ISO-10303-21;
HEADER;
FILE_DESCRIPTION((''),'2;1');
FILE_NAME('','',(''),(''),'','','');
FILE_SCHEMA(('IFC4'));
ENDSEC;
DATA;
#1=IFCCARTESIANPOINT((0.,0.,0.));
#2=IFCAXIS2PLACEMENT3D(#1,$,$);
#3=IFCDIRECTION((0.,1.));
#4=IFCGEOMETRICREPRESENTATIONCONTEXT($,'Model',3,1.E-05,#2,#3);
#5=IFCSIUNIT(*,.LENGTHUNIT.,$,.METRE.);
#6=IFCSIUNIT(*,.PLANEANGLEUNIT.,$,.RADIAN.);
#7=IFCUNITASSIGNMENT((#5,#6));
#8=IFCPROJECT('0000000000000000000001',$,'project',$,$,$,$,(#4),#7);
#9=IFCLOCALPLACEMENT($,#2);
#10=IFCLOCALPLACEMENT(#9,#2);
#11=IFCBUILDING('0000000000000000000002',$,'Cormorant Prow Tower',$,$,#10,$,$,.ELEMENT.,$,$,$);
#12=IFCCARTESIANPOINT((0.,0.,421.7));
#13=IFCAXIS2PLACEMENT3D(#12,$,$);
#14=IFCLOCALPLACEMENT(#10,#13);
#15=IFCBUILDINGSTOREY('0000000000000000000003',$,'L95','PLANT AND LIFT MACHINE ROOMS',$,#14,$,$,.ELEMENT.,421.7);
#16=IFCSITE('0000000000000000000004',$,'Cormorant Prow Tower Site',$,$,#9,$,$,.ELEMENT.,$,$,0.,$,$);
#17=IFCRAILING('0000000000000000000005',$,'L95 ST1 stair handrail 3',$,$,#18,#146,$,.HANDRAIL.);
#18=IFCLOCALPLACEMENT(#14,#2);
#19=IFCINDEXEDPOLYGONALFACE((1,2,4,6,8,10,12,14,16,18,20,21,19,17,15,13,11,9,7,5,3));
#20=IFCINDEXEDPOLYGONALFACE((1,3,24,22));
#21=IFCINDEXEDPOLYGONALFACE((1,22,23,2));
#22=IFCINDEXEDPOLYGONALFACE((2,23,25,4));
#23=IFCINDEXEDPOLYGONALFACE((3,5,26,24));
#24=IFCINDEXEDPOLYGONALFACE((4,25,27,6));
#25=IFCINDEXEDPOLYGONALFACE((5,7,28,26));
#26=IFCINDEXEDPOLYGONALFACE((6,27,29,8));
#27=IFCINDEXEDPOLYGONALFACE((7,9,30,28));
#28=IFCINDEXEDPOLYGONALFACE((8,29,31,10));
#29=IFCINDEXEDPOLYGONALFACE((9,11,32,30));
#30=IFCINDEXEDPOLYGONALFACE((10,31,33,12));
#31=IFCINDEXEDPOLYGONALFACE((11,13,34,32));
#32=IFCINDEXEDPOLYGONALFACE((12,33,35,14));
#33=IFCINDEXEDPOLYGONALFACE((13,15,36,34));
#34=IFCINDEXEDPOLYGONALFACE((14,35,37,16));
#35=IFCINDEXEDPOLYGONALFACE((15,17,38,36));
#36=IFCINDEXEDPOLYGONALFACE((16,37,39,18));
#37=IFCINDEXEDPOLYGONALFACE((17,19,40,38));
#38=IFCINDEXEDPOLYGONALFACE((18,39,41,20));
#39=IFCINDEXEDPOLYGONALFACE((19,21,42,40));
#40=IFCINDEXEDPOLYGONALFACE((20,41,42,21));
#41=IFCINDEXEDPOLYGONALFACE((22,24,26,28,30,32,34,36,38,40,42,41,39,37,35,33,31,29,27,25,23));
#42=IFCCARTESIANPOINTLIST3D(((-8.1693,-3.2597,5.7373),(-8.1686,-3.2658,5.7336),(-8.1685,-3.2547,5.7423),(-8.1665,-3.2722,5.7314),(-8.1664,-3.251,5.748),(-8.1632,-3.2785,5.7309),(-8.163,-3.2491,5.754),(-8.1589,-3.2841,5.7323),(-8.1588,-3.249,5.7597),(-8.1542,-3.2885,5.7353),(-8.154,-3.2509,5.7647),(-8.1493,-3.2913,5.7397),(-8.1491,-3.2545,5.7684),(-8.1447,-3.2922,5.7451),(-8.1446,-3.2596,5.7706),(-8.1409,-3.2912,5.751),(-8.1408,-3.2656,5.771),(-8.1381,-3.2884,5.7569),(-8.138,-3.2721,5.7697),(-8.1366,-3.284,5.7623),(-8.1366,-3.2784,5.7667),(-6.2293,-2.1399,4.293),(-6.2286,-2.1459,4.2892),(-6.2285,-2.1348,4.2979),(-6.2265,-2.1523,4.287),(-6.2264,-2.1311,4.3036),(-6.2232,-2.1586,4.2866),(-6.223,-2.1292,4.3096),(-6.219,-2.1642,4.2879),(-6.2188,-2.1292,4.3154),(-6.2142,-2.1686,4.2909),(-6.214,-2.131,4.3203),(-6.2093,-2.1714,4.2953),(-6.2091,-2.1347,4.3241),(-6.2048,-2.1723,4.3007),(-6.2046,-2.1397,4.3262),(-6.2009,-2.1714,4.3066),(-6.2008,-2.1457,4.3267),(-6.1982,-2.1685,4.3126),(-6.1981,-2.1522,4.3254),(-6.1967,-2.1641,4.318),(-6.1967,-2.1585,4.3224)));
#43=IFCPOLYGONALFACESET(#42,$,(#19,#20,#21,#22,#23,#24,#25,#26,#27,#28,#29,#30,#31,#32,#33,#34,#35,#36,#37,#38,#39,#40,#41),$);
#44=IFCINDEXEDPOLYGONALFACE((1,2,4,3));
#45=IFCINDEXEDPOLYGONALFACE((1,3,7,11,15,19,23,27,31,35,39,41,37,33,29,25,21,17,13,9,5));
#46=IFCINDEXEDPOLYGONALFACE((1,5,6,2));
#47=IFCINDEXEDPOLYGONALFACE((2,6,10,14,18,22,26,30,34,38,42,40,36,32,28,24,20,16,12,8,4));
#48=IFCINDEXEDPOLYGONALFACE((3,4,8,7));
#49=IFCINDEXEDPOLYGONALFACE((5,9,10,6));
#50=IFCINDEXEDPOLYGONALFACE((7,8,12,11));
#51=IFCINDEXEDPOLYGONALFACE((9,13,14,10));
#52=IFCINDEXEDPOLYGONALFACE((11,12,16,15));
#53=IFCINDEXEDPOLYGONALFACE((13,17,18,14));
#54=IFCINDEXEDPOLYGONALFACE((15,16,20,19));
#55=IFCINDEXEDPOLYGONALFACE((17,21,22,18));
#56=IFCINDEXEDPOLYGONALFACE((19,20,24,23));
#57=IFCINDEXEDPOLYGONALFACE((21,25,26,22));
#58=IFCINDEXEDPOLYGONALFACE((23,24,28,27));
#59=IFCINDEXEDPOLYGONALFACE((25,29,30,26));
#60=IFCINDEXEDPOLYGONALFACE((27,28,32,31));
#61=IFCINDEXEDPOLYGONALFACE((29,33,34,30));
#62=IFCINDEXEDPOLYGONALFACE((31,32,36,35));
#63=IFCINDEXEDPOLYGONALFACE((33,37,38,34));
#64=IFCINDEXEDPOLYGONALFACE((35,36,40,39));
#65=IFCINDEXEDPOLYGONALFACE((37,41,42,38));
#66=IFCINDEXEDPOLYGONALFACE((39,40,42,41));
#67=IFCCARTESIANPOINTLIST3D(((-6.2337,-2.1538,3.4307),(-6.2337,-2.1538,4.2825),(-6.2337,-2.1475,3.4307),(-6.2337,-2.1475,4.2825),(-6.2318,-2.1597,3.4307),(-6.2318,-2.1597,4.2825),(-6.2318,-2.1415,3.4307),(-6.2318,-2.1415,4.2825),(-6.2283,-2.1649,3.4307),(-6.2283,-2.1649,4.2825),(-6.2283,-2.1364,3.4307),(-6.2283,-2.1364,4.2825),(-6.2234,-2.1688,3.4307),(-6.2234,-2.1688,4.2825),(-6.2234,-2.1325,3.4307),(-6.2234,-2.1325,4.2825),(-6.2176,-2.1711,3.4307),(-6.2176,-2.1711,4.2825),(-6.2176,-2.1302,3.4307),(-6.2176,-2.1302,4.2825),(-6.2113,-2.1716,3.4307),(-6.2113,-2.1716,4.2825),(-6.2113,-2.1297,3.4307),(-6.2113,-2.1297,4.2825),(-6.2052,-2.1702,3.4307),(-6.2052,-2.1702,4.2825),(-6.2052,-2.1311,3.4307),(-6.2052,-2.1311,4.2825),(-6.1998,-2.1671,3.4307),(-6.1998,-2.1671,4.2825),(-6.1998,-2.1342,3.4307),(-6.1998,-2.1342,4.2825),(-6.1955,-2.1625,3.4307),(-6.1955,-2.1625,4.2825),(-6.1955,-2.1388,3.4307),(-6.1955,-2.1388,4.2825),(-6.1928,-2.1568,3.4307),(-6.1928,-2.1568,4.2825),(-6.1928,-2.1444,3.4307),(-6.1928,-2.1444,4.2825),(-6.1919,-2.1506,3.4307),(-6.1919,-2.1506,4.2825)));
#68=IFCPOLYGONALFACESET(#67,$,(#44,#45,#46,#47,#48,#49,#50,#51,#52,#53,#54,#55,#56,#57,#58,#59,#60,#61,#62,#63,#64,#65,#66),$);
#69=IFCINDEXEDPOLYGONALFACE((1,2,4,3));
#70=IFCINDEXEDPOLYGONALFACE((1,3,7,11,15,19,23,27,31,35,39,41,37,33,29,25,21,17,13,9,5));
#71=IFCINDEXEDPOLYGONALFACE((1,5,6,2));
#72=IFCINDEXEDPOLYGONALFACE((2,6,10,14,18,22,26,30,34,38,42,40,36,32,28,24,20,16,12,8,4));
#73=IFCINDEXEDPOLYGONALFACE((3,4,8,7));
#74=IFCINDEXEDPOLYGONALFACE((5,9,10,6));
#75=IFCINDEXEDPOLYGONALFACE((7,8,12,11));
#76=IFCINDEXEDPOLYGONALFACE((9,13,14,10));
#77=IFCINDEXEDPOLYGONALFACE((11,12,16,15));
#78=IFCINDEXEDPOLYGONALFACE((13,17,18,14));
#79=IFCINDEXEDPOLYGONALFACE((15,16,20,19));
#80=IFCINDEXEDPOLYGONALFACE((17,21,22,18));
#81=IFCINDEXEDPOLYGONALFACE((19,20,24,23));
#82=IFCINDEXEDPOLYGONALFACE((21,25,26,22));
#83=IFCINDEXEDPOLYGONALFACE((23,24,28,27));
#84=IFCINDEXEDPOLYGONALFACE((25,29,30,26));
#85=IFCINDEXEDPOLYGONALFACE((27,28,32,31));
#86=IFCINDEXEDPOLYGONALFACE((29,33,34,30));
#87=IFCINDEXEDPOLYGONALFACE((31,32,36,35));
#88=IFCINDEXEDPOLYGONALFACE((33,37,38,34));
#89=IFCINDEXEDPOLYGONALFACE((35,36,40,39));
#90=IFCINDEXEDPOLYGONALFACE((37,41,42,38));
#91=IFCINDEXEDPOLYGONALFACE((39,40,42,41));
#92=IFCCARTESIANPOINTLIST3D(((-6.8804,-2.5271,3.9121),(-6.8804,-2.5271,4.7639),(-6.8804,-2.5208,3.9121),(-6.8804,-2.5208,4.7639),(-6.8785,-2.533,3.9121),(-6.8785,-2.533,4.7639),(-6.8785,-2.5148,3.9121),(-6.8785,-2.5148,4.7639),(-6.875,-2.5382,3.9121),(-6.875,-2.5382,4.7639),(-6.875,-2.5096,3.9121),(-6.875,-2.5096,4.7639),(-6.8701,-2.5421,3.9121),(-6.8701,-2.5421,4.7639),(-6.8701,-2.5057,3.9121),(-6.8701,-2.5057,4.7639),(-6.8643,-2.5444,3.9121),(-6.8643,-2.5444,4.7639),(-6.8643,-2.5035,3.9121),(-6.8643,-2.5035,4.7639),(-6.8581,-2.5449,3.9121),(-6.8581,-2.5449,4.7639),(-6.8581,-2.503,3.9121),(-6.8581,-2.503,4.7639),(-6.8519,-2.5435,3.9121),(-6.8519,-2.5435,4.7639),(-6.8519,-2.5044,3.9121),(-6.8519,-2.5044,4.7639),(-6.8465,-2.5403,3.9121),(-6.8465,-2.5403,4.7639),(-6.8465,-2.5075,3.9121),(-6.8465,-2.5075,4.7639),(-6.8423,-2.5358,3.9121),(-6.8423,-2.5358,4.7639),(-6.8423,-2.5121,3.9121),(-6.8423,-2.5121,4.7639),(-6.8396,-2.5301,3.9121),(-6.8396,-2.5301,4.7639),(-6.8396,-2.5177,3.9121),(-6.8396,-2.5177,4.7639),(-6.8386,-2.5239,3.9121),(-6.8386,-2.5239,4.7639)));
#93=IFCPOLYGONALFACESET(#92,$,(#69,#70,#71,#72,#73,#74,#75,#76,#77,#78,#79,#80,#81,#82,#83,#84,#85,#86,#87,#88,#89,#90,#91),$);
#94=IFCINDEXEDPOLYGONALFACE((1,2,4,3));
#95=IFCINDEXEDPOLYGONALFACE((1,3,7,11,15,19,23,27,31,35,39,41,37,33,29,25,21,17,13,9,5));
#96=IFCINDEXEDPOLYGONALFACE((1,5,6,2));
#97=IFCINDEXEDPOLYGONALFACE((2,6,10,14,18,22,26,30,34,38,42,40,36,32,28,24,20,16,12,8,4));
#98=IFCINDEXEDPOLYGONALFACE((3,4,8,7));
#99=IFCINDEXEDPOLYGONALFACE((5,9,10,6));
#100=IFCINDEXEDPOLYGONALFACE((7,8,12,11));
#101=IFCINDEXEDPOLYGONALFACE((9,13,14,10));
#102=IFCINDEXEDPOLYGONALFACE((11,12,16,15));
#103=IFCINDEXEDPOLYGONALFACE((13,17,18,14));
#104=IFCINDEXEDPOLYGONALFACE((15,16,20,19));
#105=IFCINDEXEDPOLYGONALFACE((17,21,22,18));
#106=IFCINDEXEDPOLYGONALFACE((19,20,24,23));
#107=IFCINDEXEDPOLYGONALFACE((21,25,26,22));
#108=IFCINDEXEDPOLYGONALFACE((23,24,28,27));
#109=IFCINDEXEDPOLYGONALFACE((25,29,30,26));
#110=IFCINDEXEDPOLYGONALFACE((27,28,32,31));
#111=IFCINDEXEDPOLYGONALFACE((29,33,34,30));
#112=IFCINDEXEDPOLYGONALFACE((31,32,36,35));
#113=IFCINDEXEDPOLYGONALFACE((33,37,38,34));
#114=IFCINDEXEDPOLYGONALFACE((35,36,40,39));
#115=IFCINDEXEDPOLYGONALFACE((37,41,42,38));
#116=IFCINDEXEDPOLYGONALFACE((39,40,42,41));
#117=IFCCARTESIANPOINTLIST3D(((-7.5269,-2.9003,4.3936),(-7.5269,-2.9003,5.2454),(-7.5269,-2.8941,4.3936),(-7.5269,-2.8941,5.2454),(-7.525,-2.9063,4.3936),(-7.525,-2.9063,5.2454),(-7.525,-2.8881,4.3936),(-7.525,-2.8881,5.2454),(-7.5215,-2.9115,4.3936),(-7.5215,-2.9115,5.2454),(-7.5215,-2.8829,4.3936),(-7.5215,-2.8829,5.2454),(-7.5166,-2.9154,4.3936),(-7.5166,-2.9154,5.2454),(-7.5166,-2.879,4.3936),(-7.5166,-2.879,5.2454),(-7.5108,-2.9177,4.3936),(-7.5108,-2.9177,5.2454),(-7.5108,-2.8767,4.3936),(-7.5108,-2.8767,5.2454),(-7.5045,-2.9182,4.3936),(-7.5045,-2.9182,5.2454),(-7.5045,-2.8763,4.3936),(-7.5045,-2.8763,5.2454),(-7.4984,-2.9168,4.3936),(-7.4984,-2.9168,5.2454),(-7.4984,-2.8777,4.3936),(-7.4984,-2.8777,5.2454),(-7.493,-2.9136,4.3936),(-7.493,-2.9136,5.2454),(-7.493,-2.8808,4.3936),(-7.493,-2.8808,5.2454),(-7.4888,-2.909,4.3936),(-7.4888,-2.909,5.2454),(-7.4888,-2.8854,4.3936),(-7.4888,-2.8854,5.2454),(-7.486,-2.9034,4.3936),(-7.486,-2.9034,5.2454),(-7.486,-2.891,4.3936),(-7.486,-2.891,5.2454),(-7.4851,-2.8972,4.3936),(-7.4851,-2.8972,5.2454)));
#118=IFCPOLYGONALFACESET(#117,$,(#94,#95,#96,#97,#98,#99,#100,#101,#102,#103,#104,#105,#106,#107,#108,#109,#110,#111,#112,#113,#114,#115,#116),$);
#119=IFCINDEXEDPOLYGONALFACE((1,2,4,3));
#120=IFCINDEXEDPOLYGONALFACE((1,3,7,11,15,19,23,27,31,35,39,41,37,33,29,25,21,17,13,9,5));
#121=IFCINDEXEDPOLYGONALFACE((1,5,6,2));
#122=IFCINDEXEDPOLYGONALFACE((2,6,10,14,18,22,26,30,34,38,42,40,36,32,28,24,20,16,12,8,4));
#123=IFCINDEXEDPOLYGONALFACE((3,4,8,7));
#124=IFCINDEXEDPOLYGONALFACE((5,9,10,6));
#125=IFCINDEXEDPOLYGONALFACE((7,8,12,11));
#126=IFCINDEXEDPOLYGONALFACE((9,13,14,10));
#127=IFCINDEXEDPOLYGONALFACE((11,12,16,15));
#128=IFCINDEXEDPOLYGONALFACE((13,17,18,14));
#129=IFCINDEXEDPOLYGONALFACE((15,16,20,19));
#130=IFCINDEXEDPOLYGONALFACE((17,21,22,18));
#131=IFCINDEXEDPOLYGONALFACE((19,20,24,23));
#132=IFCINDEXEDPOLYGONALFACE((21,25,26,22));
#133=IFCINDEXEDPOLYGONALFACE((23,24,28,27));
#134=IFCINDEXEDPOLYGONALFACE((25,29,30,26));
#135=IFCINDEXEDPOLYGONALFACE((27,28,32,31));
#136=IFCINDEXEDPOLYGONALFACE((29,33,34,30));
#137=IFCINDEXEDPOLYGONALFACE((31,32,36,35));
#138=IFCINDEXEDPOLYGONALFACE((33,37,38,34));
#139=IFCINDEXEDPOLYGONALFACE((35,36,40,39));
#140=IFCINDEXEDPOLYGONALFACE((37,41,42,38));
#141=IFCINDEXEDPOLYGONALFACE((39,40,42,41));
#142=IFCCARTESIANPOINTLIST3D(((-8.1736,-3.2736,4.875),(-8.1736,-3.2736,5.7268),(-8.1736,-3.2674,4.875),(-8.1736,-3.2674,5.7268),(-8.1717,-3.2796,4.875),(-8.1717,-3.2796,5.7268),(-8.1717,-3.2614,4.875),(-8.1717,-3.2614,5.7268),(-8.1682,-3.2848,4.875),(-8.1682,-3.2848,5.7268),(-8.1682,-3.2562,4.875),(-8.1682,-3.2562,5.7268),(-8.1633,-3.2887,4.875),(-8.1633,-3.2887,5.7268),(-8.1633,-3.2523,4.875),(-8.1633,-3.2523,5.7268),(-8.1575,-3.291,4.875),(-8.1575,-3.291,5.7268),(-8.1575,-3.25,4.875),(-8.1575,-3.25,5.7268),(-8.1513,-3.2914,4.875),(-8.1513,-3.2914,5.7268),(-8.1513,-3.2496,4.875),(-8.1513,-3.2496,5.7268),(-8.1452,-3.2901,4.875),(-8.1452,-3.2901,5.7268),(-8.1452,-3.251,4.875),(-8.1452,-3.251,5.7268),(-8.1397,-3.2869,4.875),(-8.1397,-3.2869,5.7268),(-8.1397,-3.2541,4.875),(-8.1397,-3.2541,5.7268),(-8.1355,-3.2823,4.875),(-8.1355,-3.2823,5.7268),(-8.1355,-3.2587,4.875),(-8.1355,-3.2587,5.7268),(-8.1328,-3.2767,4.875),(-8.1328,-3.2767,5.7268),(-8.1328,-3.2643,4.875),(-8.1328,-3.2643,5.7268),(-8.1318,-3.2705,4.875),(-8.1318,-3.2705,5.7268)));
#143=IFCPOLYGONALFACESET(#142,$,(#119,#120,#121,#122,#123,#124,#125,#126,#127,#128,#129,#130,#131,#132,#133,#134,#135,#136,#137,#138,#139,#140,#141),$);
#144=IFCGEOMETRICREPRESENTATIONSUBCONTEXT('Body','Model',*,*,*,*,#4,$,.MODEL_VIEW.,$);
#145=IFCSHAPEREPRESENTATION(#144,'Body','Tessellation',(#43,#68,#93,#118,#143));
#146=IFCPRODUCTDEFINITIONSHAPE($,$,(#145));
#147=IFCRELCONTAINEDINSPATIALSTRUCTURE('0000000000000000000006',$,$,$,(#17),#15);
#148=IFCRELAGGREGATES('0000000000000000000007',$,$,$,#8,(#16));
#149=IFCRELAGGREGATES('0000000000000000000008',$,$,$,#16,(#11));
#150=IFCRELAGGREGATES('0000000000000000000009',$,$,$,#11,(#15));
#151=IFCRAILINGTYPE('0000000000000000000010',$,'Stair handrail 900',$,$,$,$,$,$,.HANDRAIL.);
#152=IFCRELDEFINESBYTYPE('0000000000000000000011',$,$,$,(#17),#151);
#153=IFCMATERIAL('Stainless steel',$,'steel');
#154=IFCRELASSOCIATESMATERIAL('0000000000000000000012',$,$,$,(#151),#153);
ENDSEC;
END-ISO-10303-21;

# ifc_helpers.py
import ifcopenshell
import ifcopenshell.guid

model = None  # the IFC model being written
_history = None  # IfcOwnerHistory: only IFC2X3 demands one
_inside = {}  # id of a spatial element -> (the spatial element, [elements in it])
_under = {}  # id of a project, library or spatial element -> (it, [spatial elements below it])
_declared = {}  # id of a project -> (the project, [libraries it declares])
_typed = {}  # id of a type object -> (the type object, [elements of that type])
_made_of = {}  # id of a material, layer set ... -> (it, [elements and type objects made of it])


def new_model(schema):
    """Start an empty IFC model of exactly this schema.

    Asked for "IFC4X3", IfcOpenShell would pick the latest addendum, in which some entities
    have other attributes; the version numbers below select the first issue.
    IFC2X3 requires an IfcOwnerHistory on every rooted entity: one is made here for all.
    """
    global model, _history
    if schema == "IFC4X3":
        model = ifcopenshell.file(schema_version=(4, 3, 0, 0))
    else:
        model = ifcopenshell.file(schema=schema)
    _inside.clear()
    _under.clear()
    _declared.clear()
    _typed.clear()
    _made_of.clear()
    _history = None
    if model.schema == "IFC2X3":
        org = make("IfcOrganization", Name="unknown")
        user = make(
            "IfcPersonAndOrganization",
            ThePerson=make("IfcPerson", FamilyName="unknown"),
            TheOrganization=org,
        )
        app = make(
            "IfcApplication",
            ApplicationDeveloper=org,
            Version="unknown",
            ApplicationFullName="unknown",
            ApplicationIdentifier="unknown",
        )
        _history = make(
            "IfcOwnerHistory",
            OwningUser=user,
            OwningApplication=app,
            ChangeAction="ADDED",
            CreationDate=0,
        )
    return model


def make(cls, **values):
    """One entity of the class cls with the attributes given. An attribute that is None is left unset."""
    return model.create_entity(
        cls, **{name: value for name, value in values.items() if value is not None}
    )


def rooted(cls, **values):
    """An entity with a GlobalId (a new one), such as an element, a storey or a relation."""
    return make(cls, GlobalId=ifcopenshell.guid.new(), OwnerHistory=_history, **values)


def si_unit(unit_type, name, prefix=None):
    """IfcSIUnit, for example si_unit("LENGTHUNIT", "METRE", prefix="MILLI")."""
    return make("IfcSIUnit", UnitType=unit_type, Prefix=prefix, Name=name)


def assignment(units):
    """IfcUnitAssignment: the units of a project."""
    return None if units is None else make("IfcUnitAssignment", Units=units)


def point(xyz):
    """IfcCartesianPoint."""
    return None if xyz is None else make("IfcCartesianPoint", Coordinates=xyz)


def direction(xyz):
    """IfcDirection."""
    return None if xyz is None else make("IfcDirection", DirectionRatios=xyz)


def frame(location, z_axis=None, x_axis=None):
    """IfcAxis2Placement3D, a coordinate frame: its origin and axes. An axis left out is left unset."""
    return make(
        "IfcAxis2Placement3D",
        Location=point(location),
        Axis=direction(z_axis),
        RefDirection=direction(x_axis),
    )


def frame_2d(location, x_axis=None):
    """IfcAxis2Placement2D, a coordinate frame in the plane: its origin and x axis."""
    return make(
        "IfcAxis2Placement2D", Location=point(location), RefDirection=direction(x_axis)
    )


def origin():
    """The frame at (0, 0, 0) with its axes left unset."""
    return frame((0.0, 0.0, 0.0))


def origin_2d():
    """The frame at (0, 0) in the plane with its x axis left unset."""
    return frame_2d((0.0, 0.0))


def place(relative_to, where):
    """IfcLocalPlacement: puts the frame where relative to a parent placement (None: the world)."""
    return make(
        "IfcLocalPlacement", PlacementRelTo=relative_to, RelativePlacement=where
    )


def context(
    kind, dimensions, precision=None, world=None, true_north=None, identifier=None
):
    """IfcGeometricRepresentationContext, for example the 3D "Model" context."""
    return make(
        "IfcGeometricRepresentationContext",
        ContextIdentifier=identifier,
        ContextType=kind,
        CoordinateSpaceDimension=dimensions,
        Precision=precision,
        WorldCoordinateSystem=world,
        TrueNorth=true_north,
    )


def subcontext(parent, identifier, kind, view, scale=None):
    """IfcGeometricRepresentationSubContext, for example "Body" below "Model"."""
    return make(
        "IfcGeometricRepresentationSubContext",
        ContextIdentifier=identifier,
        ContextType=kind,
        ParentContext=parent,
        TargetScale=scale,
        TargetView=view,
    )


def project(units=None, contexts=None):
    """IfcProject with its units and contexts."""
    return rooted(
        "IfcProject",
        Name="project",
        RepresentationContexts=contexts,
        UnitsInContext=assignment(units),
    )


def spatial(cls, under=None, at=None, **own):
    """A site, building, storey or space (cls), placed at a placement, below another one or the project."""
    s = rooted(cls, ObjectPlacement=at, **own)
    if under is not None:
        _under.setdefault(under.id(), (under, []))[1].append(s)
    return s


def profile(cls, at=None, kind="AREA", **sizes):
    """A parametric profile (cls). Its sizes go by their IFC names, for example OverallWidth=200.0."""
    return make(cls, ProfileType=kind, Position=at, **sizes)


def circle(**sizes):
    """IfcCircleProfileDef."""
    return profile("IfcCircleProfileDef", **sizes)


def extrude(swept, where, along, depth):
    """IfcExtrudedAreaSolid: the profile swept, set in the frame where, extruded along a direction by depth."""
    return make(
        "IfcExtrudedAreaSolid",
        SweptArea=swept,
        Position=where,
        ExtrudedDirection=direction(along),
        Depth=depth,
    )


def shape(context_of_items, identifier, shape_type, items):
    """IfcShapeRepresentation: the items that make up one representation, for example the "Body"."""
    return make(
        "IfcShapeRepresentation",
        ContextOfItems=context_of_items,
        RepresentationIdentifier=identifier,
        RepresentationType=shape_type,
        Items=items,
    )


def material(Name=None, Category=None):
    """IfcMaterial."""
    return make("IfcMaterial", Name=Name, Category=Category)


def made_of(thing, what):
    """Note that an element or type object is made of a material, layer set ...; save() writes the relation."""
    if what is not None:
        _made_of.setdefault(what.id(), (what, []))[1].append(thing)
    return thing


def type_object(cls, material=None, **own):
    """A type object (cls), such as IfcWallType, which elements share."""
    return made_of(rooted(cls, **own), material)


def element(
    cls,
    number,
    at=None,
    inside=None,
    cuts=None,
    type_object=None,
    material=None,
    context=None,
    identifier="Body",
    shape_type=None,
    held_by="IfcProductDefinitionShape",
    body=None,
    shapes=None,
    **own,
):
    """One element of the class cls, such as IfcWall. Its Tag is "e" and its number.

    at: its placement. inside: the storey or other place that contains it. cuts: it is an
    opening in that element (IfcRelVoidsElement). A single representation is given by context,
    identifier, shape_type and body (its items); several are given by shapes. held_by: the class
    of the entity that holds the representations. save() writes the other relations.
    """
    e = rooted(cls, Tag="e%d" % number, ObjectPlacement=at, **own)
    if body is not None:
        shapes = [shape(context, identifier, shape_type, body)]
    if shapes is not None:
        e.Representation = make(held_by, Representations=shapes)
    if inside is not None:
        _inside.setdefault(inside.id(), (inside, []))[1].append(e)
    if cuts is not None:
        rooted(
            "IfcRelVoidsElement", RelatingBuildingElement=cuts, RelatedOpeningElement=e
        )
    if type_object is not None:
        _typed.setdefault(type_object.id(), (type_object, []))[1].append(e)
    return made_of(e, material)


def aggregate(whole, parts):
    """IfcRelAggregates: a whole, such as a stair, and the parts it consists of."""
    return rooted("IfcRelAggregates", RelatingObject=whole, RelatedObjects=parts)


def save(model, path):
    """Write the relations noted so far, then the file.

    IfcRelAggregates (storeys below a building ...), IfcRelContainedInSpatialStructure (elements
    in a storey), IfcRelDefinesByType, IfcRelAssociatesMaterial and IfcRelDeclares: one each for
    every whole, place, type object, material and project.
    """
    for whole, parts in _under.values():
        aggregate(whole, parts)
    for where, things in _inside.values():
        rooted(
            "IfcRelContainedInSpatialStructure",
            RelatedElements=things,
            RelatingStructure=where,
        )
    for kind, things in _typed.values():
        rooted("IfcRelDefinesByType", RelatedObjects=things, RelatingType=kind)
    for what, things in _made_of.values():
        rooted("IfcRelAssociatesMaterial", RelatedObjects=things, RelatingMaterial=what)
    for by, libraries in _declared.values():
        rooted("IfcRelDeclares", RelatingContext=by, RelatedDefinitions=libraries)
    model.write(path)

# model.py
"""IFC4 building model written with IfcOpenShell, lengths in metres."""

from ifc_helpers import new_model, si_unit, direction, frame, origin, origin_2d, place, context, subcontext, project, spatial, circle, extrude, material, type_object, element, save


model = new_model("IFC4")

# Units and contexts
model_context = context("Model", 3, precision=1e-05, world=origin(), true_north=direction((0.0, 1.0)))
body_context = subcontext(model_context, "Body", "Model", "MODEL_VIEW")
ifc_project = project(units=[si_unit("LENGTHUNIT", "METRE"), si_unit("PLANEANGLEUNIT", "RADIAN")], contexts=[model_context])

# Site, building, storey
site_placement = place(None, origin())
site = spatial("IfcSite", under=ifc_project, at=site_placement, Name="Cormorant Prow Tower Site", CompositionType="ELEMENT", RefElevation=0.0)
building_placement = place(site_placement, origin())
building = spatial("IfcBuilding", under=site, at=building_placement, Name="Cormorant Prow Tower", CompositionType="ELEMENT")
storey_placement = place(building_placement, frame((0.0, 0.0, 421.7)))
storey = spatial("IfcBuildingStorey", under=building, at=storey_placement, Name="L95", Description="PLANT AND LIFT MACHINE ROOMS", CompositionType="ELEMENT", Elevation=421.7)

# Railing
ifc_material_1 = material(Name="Stainless steel", Category="steel")
railing_type_1 = type_object("IfcRailingType", Name="Stair handrail 900", PredefinedType="HANDRAIL", material=ifc_material_1)
railing_1_placement = place(storey_placement, frame((-6.2129, -2.1506, 3.4307)))
element("IfcRailing", 1, at=railing_1_placement, inside=storey, type_object=railing_type_1, Name="L95 ST1 stair handrail 3", PredefinedType="HANDRAIL", context=body_context, shape_type="SweptSolid", body=[
    extrude(circle(Radius=0.0239, at=origin_2d()), frame((0.0, 0.0, 0.876), z_axis=(-0.727863, -0.420175, 0.541912), x_axis=(0.499949, -0.866055, 0.0)), (0.0, 0.0, 1.0), 2.6653),
    extrude(circle(Radius=0.021, at=origin_2d()), origin(), (0.0, 0.0, 1.0), 0.8518),
    extrude(circle(Radius=0.021, at=origin_2d()), frame((-0.6467, -0.3733, 0.4814)), (0.0, 0.0, 1.0), 0.8518),
    extrude(circle(Radius=0.021, at=origin_2d()), frame((-1.2932, -0.7466, 0.9629)), (0.0, 0.0, 1.0), 0.8518),
    extrude(circle(Radius=0.021, at=origin_2d()), frame((-1.9399, -1.1199, 1.4443)), (0.0, 0.0, 1.0), 0.8518),
])

save(model, "model.ifc")
